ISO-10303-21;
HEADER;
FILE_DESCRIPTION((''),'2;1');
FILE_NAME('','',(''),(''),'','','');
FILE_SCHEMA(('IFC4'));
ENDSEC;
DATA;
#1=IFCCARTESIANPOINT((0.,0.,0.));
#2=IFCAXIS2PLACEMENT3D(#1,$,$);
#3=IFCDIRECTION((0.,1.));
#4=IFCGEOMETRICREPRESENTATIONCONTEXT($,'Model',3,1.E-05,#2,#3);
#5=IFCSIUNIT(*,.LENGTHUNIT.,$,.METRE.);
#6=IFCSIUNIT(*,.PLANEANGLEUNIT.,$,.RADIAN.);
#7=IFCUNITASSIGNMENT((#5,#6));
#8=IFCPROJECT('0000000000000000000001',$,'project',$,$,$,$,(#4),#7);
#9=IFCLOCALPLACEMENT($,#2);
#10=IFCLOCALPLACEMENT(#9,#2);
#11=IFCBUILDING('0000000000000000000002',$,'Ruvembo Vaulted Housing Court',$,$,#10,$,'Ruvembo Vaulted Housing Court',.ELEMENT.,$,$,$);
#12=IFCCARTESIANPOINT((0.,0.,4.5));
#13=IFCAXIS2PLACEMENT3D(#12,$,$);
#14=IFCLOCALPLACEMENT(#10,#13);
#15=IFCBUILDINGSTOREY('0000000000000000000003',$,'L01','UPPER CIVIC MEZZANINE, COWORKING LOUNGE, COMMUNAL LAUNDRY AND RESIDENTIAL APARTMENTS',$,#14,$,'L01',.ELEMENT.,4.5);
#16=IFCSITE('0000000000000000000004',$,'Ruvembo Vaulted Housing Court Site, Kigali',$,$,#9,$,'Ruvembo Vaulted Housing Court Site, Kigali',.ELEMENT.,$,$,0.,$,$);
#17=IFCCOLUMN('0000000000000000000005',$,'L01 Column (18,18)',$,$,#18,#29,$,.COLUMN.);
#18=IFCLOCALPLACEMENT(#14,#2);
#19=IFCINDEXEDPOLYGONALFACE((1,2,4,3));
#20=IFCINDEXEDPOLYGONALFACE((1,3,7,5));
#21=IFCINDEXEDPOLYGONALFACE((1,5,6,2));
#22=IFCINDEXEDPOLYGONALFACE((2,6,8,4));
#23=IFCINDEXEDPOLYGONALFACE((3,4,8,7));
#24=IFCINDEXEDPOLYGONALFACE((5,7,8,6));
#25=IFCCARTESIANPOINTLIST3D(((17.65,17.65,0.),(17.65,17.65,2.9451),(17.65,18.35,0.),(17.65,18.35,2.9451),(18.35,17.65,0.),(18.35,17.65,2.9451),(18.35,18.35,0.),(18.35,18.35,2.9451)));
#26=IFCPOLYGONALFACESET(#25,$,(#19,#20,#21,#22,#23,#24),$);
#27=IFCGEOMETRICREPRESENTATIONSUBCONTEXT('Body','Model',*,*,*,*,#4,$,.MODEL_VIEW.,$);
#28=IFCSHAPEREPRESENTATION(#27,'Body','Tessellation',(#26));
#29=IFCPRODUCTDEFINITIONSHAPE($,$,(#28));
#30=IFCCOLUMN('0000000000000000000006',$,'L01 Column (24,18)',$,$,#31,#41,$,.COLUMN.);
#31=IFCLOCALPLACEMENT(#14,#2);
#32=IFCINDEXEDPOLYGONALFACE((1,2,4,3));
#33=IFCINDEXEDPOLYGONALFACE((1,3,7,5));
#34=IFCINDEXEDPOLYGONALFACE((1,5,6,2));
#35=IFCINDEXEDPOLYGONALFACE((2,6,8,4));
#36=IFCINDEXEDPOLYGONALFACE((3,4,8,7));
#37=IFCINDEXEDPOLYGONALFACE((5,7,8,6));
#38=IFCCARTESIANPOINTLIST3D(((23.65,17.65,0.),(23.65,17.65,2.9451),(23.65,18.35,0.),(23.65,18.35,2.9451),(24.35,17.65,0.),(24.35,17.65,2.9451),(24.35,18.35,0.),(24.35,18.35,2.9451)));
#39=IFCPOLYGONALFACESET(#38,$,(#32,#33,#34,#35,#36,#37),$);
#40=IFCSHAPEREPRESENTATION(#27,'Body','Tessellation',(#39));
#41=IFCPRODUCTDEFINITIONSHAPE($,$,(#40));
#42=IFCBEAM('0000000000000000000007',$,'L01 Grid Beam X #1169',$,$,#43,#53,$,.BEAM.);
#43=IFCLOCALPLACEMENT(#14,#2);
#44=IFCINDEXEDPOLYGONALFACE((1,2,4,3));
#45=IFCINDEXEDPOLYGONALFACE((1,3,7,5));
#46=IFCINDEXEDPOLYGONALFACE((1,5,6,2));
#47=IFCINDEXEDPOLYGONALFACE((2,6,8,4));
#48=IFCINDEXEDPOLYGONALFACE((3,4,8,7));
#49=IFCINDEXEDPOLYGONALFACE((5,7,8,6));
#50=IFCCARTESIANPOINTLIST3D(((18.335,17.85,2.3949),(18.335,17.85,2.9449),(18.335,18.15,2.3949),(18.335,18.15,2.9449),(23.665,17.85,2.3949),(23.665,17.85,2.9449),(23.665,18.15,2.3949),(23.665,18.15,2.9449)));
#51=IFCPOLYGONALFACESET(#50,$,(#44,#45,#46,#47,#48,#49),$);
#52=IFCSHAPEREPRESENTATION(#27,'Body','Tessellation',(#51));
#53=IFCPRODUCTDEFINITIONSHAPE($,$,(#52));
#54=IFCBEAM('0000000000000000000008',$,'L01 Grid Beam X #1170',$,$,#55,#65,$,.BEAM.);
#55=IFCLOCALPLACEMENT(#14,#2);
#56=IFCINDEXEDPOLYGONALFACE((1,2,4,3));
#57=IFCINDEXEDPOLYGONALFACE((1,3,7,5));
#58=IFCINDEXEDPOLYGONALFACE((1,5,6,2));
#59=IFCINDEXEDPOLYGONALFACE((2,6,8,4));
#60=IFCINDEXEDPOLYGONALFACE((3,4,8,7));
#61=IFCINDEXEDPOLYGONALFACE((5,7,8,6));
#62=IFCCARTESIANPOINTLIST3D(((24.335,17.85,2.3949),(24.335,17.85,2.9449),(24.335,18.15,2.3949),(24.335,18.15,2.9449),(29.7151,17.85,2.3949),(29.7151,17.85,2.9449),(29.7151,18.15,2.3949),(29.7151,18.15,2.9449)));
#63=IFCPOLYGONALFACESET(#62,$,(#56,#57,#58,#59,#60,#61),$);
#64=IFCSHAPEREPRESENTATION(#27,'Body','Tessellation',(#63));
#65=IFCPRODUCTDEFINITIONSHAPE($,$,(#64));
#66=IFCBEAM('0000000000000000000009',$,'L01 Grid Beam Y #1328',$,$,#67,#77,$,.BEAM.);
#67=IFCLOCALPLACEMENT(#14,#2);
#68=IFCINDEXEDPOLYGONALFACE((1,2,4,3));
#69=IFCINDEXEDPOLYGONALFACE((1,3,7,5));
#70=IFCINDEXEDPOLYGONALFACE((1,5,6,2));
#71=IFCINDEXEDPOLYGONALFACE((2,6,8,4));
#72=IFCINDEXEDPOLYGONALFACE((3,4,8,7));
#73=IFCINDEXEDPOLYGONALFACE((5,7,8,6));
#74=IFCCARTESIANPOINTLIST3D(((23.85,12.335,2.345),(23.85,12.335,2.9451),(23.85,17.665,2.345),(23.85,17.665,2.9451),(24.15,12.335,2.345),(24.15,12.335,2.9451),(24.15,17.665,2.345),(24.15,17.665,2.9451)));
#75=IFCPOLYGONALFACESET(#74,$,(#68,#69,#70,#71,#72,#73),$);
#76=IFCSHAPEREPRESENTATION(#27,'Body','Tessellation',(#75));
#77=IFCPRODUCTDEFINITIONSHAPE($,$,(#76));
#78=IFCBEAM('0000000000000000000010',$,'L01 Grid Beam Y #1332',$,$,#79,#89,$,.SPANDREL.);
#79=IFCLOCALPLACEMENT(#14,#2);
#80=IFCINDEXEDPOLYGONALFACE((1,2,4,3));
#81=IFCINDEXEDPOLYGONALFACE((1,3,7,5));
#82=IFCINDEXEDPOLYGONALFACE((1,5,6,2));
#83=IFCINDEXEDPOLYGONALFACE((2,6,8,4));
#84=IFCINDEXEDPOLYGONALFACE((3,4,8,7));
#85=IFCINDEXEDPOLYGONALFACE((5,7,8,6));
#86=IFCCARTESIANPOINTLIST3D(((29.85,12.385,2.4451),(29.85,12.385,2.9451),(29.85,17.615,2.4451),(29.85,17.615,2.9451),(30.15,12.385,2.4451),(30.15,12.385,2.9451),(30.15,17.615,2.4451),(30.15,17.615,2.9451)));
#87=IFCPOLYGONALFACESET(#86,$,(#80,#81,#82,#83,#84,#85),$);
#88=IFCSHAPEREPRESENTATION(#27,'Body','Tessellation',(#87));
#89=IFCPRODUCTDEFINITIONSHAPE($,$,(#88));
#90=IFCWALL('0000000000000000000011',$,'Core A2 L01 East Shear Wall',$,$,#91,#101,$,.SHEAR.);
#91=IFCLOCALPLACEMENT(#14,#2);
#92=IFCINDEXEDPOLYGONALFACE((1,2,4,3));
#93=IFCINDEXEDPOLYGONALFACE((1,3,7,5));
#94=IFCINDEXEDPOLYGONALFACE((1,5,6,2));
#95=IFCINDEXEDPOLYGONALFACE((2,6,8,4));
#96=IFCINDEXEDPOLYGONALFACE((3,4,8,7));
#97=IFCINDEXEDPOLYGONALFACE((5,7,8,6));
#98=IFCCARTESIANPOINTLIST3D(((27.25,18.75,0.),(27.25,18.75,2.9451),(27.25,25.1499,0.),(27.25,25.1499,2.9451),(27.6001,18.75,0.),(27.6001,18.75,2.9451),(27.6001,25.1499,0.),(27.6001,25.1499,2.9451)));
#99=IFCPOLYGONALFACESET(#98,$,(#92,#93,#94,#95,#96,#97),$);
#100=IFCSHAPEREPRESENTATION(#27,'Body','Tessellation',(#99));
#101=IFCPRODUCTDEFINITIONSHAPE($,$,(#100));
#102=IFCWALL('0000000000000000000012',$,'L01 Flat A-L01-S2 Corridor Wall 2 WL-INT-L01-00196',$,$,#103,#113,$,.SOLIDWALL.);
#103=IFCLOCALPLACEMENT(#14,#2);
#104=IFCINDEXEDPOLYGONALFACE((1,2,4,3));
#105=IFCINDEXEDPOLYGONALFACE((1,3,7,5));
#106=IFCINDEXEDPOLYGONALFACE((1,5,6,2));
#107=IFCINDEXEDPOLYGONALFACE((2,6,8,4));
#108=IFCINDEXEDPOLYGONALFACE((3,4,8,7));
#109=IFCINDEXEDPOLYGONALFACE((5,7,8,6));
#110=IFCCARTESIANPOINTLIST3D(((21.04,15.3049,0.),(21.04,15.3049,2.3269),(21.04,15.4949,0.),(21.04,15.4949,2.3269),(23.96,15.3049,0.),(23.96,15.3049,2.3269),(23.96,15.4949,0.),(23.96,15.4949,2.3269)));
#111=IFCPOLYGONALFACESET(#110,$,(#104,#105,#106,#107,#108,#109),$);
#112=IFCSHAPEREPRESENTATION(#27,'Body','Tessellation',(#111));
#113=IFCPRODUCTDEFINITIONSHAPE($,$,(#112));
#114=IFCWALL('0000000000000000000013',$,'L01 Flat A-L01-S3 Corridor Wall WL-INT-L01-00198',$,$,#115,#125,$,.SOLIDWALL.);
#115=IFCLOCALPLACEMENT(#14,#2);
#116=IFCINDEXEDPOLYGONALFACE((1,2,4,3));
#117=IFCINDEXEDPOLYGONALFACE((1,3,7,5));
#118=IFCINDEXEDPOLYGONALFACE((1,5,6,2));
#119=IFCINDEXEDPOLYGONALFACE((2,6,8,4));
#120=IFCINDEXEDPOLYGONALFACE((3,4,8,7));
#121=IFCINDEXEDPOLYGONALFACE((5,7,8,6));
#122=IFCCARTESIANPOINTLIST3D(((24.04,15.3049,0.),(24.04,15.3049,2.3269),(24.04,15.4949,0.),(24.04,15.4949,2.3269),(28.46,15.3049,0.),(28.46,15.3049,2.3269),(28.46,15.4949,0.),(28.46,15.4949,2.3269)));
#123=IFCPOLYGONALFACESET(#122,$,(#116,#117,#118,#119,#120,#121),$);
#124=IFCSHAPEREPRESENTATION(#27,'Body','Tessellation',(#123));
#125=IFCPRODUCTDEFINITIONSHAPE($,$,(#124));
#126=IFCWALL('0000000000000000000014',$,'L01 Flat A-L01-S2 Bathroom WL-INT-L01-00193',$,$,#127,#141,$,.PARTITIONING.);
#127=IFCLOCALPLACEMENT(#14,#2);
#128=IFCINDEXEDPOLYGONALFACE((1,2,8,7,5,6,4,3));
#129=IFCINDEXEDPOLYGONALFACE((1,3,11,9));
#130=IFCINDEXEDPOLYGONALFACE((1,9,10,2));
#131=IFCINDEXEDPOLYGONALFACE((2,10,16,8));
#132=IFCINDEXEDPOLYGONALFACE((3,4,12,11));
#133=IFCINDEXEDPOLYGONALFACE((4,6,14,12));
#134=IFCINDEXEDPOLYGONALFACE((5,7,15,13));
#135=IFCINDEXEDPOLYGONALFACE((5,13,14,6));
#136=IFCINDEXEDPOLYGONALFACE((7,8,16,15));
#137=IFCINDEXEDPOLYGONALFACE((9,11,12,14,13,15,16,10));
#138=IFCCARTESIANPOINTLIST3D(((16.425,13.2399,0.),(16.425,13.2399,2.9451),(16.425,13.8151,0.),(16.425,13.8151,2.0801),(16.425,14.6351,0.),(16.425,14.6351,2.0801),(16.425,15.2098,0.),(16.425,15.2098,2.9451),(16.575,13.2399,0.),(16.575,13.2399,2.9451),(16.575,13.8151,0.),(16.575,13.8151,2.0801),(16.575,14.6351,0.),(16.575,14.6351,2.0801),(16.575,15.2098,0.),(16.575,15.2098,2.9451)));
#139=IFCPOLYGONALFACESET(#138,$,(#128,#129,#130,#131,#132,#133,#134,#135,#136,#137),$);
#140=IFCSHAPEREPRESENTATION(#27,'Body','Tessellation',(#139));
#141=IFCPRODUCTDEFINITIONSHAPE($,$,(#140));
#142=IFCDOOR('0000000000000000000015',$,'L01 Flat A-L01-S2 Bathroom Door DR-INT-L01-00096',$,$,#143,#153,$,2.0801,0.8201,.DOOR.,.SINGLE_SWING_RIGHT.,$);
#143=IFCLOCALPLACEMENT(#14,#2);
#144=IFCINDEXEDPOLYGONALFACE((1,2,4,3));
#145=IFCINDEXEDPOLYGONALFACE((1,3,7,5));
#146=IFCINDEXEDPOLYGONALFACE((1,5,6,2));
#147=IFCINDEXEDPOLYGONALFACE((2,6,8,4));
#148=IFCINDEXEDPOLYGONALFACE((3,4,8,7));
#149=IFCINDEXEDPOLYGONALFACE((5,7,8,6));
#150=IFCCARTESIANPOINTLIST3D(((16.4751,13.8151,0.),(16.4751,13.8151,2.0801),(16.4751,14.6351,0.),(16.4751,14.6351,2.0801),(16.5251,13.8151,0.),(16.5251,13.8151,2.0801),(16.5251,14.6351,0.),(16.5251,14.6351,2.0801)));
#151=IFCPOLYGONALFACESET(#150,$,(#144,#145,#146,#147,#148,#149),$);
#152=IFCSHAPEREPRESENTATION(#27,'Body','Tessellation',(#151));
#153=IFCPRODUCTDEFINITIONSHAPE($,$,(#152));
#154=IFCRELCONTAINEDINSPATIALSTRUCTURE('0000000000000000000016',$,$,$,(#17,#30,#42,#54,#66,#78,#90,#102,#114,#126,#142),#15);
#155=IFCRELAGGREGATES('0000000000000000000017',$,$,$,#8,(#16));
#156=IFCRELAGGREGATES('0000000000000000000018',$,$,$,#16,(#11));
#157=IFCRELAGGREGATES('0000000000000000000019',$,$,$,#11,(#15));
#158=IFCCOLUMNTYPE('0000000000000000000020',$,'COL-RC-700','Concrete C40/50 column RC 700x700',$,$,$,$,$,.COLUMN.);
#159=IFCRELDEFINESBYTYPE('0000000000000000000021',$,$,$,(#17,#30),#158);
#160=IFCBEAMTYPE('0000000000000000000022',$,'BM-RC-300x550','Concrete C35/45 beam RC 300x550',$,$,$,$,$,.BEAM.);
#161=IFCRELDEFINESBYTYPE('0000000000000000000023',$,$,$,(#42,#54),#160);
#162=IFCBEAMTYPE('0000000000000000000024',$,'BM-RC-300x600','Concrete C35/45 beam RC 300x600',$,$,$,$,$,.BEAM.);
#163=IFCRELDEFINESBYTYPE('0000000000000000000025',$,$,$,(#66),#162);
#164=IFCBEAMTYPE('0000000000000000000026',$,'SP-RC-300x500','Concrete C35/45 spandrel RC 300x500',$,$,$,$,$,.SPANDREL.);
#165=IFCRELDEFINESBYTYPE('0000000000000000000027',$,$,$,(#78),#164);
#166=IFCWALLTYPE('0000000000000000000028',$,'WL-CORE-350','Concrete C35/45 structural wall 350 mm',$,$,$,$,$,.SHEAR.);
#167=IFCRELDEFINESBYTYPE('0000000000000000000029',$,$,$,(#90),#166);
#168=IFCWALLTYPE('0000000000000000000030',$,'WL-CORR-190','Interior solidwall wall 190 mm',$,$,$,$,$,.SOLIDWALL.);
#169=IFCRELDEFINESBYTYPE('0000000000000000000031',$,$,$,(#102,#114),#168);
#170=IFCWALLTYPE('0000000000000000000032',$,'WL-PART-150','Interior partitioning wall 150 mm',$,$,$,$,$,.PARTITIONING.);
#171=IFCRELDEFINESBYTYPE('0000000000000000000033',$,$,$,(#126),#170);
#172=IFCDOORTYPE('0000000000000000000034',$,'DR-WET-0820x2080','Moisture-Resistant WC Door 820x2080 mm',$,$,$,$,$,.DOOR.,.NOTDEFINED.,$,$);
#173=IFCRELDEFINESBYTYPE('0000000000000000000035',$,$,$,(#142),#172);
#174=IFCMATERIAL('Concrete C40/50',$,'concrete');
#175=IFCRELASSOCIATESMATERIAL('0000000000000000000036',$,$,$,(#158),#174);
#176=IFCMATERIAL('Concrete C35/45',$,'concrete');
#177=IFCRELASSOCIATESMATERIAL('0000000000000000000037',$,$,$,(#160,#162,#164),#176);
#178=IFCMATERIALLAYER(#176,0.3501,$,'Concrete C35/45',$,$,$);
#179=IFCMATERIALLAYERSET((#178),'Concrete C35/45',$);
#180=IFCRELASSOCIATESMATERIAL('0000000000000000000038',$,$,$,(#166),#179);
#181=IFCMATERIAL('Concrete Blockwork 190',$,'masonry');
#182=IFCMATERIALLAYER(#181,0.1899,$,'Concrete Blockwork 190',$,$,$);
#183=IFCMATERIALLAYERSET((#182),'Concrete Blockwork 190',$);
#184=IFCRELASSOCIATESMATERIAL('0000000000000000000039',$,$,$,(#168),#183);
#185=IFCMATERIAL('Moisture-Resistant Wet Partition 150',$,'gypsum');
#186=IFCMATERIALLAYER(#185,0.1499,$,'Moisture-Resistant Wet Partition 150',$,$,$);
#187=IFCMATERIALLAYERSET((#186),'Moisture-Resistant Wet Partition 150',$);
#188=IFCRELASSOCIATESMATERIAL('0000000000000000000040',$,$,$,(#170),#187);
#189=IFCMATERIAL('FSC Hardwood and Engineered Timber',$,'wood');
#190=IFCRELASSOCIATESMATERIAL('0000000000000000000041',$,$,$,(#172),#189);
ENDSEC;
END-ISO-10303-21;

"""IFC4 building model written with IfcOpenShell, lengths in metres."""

from ifc_helpers import new_model, si_unit, direction, frame, frame_2d, origin, origin_2d, place, context, subcontext, project, spatial, rectangle, extrude, material, layer, layer_set, material_profile, profile_set, type_object, element, fill, save


model = new_model("IFC4")

# Units and contexts
model_context = context("Model", 3, precision=1e-05, world=origin(), true_north=direction((0.0, 1.0)))
body_context = subcontext(model_context, "Body", "Model", "MODEL_VIEW")
ifc_project = project(units=[si_unit("LENGTHUNIT", "METRE"), si_unit("PLANEANGLEUNIT", "RADIAN")], contexts=[model_context])

# Site, building, storey
site_placement = place(None, origin())
site = spatial("IfcSite", under=ifc_project, at=site_placement, Name="Ruvembo Vaulted Housing Court Site, Kigali", LongName="Ruvembo Vaulted Housing Court Site, Kigali", CompositionType="ELEMENT", RefElevation=0.0)
building_placement = place(site_placement, origin())
building = spatial("IfcBuilding", under=site, at=building_placement, Name="Ruvembo Vaulted Housing Court", LongName="Ruvembo Vaulted Housing Court", CompositionType="ELEMENT")
storey_placement = place(building_placement, frame((0.0, 0.0, 4.5)))
storey = spatial("IfcBuildingStorey", under=building, at=storey_placement, Name="L01", Description="UPPER CIVIC MEZZANINE, COWORKING LOUNGE, COMMUNAL LAUNDRY AND RESIDENTIAL APARTMENTS", LongName="L01", CompositionType="ELEMENT", Elevation=4.5)

# Columns
ifc_material_1 = material(Name="Concrete C40/50", Category="concrete")
ifc_material_profile_1 = material_profile(ifc_material_1, rectangle(XDim=0.7, YDim=0.7, at=origin_2d()), Name="RC 700x700")
ifc_profile_set_1 = profile_set([ifc_material_profile_1], Name="Concrete C40/50")
column_type = type_object("IfcColumnType", Name="COL-RC-700", Description="Concrete C40/50 column RC 700x700", PredefinedType="COLUMN", material=ifc_profile_set_1)
for number, where, z_axis, x_axis, name in (
    (1, (18.0, 18.0, 0.0), (0.0, 0.0, 1.0), (1.0, 0.0, 0.0), "L01 Column (18,18)"),
    (2, (24.0, 18.0, 0.0), (0.0, 0.0, 1.0), (1.0, 0.0, 0.0), "L01 Column (24,18)"),
):
    element("IfcColumn", number, at=place(storey_placement, frame(where, z_axis=z_axis, x_axis=x_axis)), inside=storey, type_object=column_type, Name=name, PredefinedType="COLUMN", context=body_context, shape_type="SweptSolid", body=[
        extrude(rectangle(XDim=0.7, YDim=0.7, at=origin_2d()), origin(), (0.0, 0.0, 1.0), 2.9451),
    ])

# Beams
ifc_material_2 = material(Name="Concrete C35/45", Category="concrete")
ifc_material_profile_2 = material_profile(ifc_material_2, rectangle(XDim=0.3, YDim=0.55, at=origin_2d()), Name="RC 300x550")
ifc_profile_set_2 = profile_set([ifc_material_profile_2], Name="Concrete C35/45")
beam_type_1 = type_object("IfcBeamType", Name="BM-RC-300x550", Description="Concrete C35/45 beam RC 300x550", PredefinedType="BEAM", material=ifc_profile_set_2)
beam_1_placement = place(storey_placement, frame((18.335, 18.0, 2.6699), z_axis=(1.0, 0.0, 0.0), x_axis=(0.0, 1.0, 0.0)))
element("IfcBeam", 3, at=beam_1_placement, inside=storey, type_object=beam_type_1, Name="L01 Grid Beam X #1169", PredefinedType="BEAM", context=body_context, shape_type="SweptSolid", body=[
    extrude(rectangle(XDim=0.3, YDim=0.55, at=origin_2d()), origin(), (0.0, 0.0, 1.0), 5.3301),
])
beam_2_placement = place(storey_placement, frame((24.335, 18.0, 2.6699), z_axis=(1.0, 0.0, 0.0), x_axis=(0.0, 1.0, 0.0)))
element("IfcBeam", 4, at=beam_2_placement, inside=storey, type_object=beam_type_1, Name="L01 Grid Beam X #1170", PredefinedType="BEAM", context=body_context, shape_type="SweptSolid", body=[
    extrude(rectangle(XDim=0.3, YDim=0.55, at=origin_2d()), origin(), (0.0, 0.0, 1.0), 5.3801),
])
ifc_material_profile_3 = material_profile(ifc_material_2, rectangle(XDim=0.3, YDim=0.6001, at=origin_2d()), Name="RC 300x600")
ifc_profile_set_3 = profile_set([ifc_material_profile_3], Name="Concrete C35/45")
beam_type_2 = type_object("IfcBeamType", Name="BM-RC-300x600", Description="Concrete C35/45 beam RC 300x600", PredefinedType="BEAM", material=ifc_profile_set_3)
beam_3_placement = place(storey_placement, frame((24.0, 12.335, 2.645), z_axis=(0.0, 1.0, 0.0), x_axis=(-1.0, 0.0, 0.0)))
element("IfcBeam", 5, at=beam_3_placement, inside=storey, type_object=beam_type_2, Name="L01 Grid Beam Y #1328", PredefinedType="BEAM", context=body_context, shape_type="SweptSolid", body=[
    extrude(rectangle(XDim=0.3, YDim=0.6001, at=origin_2d()), origin(), (0.0, 0.0, 1.0), 5.3301),
])
ifc_material_profile_4 = material_profile(ifc_material_2, rectangle(XDim=0.3, YDim=0.5, at=origin_2d()), Name="RC 300x500")
ifc_profile_set_4 = profile_set([ifc_material_profile_4], Name="Concrete C35/45")
beam_type_3 = type_object("IfcBeamType", Name="SP-RC-300x500", Description="Concrete C35/45 spandrel RC 300x500", PredefinedType="SPANDREL", material=ifc_profile_set_4)
beam_4_placement = place(storey_placement, frame((30.0, 12.385, 2.6951), z_axis=(0.0, 1.0, 0.0), x_axis=(-1.0, 0.0, 0.0)))
element("IfcBeam", 6, at=beam_4_placement, inside=storey, type_object=beam_type_3, Name="L01 Grid Beam Y #1332", PredefinedType="SPANDREL", context=body_context, shape_type="SweptSolid", body=[
    extrude(rectangle(XDim=0.3, YDim=0.5, at=origin_2d()), origin(), (0.0, 0.0, 1.0), 5.23),
])

# Shared definitions
ifc_layer_1 = layer(ifc_material_2, 0.3501, Name="Concrete C35/45")
ifc_layer_set_1 = layer_set([ifc_layer_1], Name="Concrete C35/45")
wall_type_1 = type_object("IfcWallType", Name="WL-CORE-350", Description="Concrete C35/45 structural wall 350 mm", PredefinedType="SHEAR", material=ifc_layer_set_1)

# Wall
wall_1_placement = place(storey_placement, frame((27.425, 18.75, 0.0), z_axis=(0.0, 0.0, 1.0), x_axis=(0.0, 1.0, 0.0)))
element("IfcWall", 7, at=wall_1_placement, inside=storey, type_object=wall_type_1, Name="Core A2 L01 East Shear Wall", PredefinedType="SHEAR", context=body_context, shape_type="SweptSolid", body=[
    extrude(rectangle(XDim=6.3999, YDim=0.3501, at=frame_2d((3.2, 0.0))), origin(), (0.0, 0.0, 1.0), 2.9451),
])

# Shared definitions
ifc_material_3 = material(Name="Concrete Blockwork 190", Category="masonry")
ifc_layer_2 = layer(ifc_material_3, 0.1899, Name="Concrete Blockwork 190")
ifc_layer_set_2 = layer_set([ifc_layer_2], Name="Concrete Blockwork 190")
wall_type_2 = type_object("IfcWallType", Name="WL-CORR-190", Description="Interior solidwall wall 190 mm", PredefinedType="SOLIDWALL", material=ifc_layer_set_2)
ifc_material_4 = material(Name="FSC Hardwood and Engineered Timber", Category="wood")

# Walls
wall_2_placement = place(storey_placement, frame((21.04, 15.3999, 0.0), z_axis=(0.0, 0.0, 1.0), x_axis=(1.0, 0.0, 0.0)))
element("IfcWall", 8, at=wall_2_placement, inside=storey, type_object=wall_type_2, Name="L01 Flat A-L01-S2 Corridor Wall 2 WL-INT-L01-00196", PredefinedType="SOLIDWALL", context=body_context, shape_type="SweptSolid", body=[
    extrude(rectangle(XDim=2.9199, YDim=0.1899, at=frame_2d((1.46, 0.0))), origin(), (0.0, 0.0, 1.0), 2.3269),
])
wall_3_placement = place(storey_placement, frame((24.04, 15.3999, 0.0), z_axis=(0.0, 0.0, 1.0), x_axis=(1.0, 0.0, 0.0)))
element("IfcWall", 9, at=wall_3_placement, inside=storey, type_object=wall_type_2, Name="L01 Flat A-L01-S3 Corridor Wall WL-INT-L01-00198", PredefinedType="SOLIDWALL", context=body_context, shape_type="SweptSolid", body=[
    extrude(rectangle(XDim=4.4199, YDim=0.1899, at=frame_2d((2.21, 0.0))), origin(), (0.0, 0.0, 1.0), 2.3269),
])

# Wall, opening, door
ifc_material_5 = material(Name="Moisture-Resistant Wet Partition 150", Category="gypsum")
ifc_layer_3 = layer(ifc_material_5, 0.1499, Name="Moisture-Resistant Wet Partition 150")
ifc_layer_set_3 = layer_set([ifc_layer_3], Name="Moisture-Resistant Wet Partition 150")
wall_type_3 = type_object("IfcWallType", Name="WL-PART-150", Description="Interior partitioning wall 150 mm", PredefinedType="PARTITIONING", material=ifc_layer_set_3)
wall_4_placement = place(storey_placement, frame((16.5, 13.24, 0.0), z_axis=(0.0, 0.0, 1.0), x_axis=(0.0, 1.0, 0.0)))
wall_4 = element("IfcWall", 10, at=wall_4_placement, inside=storey, type_object=wall_type_3, Name="L01 Flat A-L01-S2 Bathroom WL-INT-L01-00193", PredefinedType="PARTITIONING", context=body_context, shape_type="SweptSolid", body=[
    extrude(rectangle(XDim=1.97, YDim=0.1499, at=frame_2d((0.9849, 0.0))), origin(), (0.0, 0.0, 1.0), 2.9451),
])
opening_1_placement = place(wall_4_placement, frame((0.575, 0.0, 0.0)))
opening_1 = element("IfcOpeningElement", 11, at=opening_1_placement, cuts=wall_4, PredefinedType="OPENING", context=body_context, shape_type="SweptSolid", body=[
    extrude(rectangle(XDim=0.8201, YDim=2.0801, at=frame_2d((0.4102, 1.04))), frame((0.0, 0.085, 0.0), z_axis=(0.0, -1.0, 0.0), x_axis=(1.0, 0.0, 0.0)), (0.0, 0.0, 1.0), 0.1699),
])
door_type_1 = type_object("IfcDoorType", Name="DR-WET-0820x2080", Description="Moisture-Resistant WC Door 820x2080 mm", OperationType="NOTDEFINED", PredefinedType="DOOR", material=ifc_material_4)
door_1_placement = place(opening_1_placement, origin())
door_1 = element("IfcDoor", 12, at=door_1_placement, inside=storey, type_object=door_type_1, Name="L01 Flat A-L01-S2 Bathroom Door DR-INT-L01-00096", OperationType="SINGLE_SWING_RIGHT", OverallHeight=2.0801, OverallWidth=0.8201, PredefinedType="DOOR", context=body_context, shape_type="SweptSolid", body=[
    extrude(rectangle(XDim=0.8201, YDim=2.0801, at=frame_2d((0.4102, 1.04))), frame((0.0, 0.0249, 0.0), z_axis=(0.0, -1.0, 0.0), x_axis=(1.0, 0.0, 0.0)), (0.0, 0.0, 1.0), 0.05),
])
fill(opening_1, door_1)

save(model, "model.ifc")
